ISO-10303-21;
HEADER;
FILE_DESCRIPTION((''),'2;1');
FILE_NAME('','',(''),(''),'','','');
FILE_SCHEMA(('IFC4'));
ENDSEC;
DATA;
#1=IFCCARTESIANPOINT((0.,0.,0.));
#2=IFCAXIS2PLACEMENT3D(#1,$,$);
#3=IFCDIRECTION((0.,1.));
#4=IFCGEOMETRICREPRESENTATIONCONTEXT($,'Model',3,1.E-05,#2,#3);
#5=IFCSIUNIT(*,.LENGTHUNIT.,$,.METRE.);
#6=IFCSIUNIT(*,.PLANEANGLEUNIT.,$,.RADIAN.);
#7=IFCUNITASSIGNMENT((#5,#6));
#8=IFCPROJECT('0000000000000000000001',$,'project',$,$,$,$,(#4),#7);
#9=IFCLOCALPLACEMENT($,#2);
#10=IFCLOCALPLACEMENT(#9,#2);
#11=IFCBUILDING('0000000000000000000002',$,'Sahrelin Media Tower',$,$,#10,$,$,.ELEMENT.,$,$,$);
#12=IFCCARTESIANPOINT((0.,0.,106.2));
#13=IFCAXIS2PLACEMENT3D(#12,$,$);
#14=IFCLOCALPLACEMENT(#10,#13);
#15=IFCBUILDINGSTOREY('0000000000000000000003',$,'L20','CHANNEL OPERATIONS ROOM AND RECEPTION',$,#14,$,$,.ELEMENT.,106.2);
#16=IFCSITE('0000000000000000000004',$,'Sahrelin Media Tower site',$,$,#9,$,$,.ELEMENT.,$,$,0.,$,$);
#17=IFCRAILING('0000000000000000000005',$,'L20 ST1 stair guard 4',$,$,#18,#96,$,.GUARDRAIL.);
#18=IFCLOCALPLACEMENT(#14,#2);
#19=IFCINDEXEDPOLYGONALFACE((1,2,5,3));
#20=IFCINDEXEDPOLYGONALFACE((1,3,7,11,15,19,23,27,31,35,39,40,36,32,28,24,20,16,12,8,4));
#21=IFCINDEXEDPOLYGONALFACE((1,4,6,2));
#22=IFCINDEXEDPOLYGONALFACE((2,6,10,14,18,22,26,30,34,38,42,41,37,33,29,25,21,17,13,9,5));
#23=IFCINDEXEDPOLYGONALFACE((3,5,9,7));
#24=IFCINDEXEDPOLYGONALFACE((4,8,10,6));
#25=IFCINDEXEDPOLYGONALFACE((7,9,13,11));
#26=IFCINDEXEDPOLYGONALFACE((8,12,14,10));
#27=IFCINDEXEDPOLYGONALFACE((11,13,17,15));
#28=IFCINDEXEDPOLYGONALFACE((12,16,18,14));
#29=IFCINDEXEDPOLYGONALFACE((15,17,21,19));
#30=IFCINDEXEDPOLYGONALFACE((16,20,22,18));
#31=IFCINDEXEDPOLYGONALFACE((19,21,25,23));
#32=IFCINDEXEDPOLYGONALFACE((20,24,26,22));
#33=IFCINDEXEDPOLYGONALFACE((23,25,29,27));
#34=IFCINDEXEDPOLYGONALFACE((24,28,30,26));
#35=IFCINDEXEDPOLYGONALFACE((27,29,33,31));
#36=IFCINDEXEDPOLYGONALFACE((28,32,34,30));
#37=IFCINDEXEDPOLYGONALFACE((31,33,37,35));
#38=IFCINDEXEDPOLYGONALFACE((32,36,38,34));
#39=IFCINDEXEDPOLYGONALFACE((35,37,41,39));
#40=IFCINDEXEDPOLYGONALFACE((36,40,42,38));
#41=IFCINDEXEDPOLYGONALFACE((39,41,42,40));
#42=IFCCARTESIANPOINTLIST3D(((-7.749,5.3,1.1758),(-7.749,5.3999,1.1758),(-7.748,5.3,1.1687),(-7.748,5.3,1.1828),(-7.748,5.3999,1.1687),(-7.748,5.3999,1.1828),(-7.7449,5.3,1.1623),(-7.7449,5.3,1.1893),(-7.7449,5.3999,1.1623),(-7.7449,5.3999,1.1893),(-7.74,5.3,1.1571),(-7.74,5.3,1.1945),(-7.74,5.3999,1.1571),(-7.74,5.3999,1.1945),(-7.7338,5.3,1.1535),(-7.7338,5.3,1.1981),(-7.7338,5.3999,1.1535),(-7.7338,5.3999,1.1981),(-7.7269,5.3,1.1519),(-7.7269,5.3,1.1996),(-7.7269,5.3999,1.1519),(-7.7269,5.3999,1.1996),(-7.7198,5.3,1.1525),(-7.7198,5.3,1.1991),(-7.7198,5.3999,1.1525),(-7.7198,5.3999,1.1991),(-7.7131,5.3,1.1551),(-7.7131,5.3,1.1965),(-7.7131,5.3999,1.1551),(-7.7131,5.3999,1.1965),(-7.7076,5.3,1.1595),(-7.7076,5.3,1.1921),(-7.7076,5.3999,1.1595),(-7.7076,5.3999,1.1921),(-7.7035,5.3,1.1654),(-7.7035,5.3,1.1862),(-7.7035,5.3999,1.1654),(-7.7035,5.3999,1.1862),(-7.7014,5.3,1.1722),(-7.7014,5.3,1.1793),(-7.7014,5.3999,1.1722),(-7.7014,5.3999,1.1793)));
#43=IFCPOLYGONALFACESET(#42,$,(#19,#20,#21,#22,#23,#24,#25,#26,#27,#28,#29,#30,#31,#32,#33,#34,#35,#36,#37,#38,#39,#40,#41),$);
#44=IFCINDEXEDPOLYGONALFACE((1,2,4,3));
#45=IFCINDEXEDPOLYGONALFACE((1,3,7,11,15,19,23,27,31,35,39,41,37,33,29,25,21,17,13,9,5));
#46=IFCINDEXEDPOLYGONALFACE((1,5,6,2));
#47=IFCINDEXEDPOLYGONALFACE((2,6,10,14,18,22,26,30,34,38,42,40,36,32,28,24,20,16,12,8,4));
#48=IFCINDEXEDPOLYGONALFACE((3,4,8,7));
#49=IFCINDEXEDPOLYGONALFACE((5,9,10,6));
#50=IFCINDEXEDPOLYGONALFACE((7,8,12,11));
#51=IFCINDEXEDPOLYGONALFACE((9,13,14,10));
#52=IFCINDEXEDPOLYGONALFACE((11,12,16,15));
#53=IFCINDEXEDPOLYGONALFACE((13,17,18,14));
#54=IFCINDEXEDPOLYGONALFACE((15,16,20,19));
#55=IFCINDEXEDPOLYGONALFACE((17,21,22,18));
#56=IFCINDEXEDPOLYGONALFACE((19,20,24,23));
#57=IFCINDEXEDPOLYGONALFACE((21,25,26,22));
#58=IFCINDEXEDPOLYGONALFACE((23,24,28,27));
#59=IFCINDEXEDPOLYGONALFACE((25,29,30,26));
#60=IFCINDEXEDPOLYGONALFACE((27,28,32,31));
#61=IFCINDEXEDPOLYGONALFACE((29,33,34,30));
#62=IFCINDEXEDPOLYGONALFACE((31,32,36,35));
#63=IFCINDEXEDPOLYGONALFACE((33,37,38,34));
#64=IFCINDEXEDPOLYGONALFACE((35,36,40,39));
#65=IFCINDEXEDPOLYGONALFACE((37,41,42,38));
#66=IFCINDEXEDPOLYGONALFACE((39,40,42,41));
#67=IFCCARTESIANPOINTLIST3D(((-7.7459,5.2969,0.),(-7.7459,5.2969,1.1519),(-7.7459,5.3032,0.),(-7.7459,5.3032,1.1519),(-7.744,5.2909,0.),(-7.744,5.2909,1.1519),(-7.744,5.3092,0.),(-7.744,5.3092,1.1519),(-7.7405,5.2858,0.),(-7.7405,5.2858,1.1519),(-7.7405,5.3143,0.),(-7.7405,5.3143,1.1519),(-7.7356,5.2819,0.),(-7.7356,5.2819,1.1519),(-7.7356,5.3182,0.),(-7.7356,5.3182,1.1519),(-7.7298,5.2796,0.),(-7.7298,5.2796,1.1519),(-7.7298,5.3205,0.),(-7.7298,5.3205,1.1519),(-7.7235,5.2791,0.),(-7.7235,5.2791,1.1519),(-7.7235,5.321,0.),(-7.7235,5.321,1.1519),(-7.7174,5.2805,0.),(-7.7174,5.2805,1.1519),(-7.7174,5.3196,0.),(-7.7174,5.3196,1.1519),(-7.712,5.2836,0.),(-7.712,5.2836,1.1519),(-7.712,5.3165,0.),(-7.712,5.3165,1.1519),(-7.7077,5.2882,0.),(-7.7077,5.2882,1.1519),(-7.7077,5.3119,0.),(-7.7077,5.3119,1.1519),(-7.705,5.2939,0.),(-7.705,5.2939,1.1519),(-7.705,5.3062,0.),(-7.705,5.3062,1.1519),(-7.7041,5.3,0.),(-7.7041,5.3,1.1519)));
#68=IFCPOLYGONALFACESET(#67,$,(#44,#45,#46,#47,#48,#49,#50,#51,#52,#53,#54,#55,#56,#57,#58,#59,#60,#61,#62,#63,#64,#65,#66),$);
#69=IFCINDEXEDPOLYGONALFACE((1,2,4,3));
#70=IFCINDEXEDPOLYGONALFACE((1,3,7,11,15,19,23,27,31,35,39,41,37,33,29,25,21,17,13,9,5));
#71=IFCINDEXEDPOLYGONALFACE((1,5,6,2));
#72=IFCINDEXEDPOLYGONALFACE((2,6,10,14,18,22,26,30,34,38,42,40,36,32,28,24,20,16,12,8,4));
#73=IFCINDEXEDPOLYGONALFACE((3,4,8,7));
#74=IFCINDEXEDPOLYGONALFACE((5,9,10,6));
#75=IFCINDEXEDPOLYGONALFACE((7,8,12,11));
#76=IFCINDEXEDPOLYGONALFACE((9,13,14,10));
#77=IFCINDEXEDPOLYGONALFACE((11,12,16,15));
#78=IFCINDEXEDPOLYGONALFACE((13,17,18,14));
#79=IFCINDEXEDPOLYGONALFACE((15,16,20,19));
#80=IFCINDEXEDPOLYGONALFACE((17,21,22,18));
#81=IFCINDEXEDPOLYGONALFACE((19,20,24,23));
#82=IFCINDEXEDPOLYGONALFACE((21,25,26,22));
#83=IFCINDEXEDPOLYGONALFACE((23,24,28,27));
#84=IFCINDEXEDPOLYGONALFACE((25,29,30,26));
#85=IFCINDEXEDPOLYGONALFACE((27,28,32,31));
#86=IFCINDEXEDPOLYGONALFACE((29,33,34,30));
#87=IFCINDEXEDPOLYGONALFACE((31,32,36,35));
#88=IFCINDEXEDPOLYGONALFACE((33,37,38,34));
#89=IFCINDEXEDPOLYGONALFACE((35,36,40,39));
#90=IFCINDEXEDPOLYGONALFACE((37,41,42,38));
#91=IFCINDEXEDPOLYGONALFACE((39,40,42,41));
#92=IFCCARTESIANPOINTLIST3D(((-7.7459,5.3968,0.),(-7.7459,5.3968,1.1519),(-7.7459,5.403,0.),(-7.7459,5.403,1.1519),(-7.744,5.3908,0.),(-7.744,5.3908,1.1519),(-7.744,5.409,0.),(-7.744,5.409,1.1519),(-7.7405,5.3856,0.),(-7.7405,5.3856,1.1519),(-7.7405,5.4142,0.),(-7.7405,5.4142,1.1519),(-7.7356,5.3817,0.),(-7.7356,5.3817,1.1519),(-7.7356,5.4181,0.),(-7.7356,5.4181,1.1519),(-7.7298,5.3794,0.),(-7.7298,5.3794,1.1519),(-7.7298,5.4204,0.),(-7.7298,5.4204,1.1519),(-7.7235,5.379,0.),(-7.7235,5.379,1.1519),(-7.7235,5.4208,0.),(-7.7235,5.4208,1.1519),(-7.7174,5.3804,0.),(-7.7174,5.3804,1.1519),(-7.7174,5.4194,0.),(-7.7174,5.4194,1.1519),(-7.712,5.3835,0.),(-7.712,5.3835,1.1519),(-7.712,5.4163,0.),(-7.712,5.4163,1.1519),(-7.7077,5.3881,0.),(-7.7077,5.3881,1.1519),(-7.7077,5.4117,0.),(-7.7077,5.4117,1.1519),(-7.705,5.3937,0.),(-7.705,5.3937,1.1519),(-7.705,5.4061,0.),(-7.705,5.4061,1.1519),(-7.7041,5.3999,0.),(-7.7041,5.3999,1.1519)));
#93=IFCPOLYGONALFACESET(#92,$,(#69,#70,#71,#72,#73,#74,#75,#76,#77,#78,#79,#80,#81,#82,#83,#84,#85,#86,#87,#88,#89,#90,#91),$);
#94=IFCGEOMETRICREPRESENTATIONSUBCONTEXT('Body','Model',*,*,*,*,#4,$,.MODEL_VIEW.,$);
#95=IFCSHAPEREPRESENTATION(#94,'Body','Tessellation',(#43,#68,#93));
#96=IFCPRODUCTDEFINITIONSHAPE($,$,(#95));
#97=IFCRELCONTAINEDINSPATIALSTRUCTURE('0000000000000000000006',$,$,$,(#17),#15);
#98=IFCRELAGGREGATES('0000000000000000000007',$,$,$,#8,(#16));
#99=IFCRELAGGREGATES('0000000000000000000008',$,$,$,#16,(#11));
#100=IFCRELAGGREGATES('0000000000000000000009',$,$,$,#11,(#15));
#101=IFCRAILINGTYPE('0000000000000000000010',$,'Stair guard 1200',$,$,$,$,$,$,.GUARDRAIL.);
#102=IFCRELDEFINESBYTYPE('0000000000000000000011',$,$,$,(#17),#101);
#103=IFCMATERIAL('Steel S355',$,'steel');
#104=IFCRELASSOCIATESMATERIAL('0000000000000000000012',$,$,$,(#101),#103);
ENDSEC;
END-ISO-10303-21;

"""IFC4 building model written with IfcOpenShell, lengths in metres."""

from ifc_helpers import new_model, si_unit, direction, frame, origin, origin_2d, place, context, subcontext, project, spatial, circle, extrude, material, type_object, element, save


model = new_model("IFC4")

# Units and contexts
model_context = context("Model", 3, precision=1e-05, world=origin(), true_north=direction((0.0, 1.0)))
body_context = subcontext(model_context, "Body", "Model", "MODEL_VIEW")
ifc_project = project(units=[si_unit("LENGTHUNIT", "METRE"), si_unit("PLANEANGLEUNIT", "RADIAN")], contexts=[model_context])

# Site, building, storey
site_placement = place(None, origin())
site = spatial("IfcSite", under=ifc_project, at=site_placement, Name="Sahrelin Media Tower site", CompositionType="ELEMENT", RefElevation=0.0)
building_placement = place(site_placement, origin())
building = spatial("IfcBuilding", under=site, at=building_placement, Name="Sahrelin Media Tower", CompositionType="ELEMENT")
storey_placement = place(building_placement, frame((0.0, 0.0, 106.2)))
storey = spatial("IfcBuildingStorey", under=building, at=storey_placement, Name="L20", Description="CHANNEL OPERATIONS ROOM AND RECEPTION", CompositionType="ELEMENT", Elevation=106.2)

# Shared definitions
ifc_material_1 = material(Name="Steel S355", Category="steel")

# Railing
railing_type_1 = type_object("IfcRailingType", Name="Stair guard 1200", PredefinedType="GUARDRAIL", material=ifc_material_1)
railing_1_placement = place(storey_placement, frame((-7.7251, 5.3, 0.0)))
element("IfcRailing", 1, at=railing_1_placement, inside=storey, type_object=railing_type_1, Name="L20 ST1 stair guard 4", PredefinedType="GUARDRAIL", context=body_context, shape_type="SweptSolid", body=[
    extrude(circle(Radius=0.0239, at=origin_2d()), frame((0.0, 0.0, 1.1758), z_axis=(0.0, 1.0, 0.0), x_axis=(-1.0, 0.0, 0.0)), (0.0, 0.0, 1.0), 0.0999),
    extrude(circle(Radius=0.021, at=origin_2d()), origin(), (0.0, 0.0, 1.0), 1.1519),
    extrude(circle(Radius=0.021, at=origin_2d()), frame((0.0, 0.0999, 0.0)), (0.0, 0.0, 1.0), 1.1519),
])

save(model, "model.ifc")
